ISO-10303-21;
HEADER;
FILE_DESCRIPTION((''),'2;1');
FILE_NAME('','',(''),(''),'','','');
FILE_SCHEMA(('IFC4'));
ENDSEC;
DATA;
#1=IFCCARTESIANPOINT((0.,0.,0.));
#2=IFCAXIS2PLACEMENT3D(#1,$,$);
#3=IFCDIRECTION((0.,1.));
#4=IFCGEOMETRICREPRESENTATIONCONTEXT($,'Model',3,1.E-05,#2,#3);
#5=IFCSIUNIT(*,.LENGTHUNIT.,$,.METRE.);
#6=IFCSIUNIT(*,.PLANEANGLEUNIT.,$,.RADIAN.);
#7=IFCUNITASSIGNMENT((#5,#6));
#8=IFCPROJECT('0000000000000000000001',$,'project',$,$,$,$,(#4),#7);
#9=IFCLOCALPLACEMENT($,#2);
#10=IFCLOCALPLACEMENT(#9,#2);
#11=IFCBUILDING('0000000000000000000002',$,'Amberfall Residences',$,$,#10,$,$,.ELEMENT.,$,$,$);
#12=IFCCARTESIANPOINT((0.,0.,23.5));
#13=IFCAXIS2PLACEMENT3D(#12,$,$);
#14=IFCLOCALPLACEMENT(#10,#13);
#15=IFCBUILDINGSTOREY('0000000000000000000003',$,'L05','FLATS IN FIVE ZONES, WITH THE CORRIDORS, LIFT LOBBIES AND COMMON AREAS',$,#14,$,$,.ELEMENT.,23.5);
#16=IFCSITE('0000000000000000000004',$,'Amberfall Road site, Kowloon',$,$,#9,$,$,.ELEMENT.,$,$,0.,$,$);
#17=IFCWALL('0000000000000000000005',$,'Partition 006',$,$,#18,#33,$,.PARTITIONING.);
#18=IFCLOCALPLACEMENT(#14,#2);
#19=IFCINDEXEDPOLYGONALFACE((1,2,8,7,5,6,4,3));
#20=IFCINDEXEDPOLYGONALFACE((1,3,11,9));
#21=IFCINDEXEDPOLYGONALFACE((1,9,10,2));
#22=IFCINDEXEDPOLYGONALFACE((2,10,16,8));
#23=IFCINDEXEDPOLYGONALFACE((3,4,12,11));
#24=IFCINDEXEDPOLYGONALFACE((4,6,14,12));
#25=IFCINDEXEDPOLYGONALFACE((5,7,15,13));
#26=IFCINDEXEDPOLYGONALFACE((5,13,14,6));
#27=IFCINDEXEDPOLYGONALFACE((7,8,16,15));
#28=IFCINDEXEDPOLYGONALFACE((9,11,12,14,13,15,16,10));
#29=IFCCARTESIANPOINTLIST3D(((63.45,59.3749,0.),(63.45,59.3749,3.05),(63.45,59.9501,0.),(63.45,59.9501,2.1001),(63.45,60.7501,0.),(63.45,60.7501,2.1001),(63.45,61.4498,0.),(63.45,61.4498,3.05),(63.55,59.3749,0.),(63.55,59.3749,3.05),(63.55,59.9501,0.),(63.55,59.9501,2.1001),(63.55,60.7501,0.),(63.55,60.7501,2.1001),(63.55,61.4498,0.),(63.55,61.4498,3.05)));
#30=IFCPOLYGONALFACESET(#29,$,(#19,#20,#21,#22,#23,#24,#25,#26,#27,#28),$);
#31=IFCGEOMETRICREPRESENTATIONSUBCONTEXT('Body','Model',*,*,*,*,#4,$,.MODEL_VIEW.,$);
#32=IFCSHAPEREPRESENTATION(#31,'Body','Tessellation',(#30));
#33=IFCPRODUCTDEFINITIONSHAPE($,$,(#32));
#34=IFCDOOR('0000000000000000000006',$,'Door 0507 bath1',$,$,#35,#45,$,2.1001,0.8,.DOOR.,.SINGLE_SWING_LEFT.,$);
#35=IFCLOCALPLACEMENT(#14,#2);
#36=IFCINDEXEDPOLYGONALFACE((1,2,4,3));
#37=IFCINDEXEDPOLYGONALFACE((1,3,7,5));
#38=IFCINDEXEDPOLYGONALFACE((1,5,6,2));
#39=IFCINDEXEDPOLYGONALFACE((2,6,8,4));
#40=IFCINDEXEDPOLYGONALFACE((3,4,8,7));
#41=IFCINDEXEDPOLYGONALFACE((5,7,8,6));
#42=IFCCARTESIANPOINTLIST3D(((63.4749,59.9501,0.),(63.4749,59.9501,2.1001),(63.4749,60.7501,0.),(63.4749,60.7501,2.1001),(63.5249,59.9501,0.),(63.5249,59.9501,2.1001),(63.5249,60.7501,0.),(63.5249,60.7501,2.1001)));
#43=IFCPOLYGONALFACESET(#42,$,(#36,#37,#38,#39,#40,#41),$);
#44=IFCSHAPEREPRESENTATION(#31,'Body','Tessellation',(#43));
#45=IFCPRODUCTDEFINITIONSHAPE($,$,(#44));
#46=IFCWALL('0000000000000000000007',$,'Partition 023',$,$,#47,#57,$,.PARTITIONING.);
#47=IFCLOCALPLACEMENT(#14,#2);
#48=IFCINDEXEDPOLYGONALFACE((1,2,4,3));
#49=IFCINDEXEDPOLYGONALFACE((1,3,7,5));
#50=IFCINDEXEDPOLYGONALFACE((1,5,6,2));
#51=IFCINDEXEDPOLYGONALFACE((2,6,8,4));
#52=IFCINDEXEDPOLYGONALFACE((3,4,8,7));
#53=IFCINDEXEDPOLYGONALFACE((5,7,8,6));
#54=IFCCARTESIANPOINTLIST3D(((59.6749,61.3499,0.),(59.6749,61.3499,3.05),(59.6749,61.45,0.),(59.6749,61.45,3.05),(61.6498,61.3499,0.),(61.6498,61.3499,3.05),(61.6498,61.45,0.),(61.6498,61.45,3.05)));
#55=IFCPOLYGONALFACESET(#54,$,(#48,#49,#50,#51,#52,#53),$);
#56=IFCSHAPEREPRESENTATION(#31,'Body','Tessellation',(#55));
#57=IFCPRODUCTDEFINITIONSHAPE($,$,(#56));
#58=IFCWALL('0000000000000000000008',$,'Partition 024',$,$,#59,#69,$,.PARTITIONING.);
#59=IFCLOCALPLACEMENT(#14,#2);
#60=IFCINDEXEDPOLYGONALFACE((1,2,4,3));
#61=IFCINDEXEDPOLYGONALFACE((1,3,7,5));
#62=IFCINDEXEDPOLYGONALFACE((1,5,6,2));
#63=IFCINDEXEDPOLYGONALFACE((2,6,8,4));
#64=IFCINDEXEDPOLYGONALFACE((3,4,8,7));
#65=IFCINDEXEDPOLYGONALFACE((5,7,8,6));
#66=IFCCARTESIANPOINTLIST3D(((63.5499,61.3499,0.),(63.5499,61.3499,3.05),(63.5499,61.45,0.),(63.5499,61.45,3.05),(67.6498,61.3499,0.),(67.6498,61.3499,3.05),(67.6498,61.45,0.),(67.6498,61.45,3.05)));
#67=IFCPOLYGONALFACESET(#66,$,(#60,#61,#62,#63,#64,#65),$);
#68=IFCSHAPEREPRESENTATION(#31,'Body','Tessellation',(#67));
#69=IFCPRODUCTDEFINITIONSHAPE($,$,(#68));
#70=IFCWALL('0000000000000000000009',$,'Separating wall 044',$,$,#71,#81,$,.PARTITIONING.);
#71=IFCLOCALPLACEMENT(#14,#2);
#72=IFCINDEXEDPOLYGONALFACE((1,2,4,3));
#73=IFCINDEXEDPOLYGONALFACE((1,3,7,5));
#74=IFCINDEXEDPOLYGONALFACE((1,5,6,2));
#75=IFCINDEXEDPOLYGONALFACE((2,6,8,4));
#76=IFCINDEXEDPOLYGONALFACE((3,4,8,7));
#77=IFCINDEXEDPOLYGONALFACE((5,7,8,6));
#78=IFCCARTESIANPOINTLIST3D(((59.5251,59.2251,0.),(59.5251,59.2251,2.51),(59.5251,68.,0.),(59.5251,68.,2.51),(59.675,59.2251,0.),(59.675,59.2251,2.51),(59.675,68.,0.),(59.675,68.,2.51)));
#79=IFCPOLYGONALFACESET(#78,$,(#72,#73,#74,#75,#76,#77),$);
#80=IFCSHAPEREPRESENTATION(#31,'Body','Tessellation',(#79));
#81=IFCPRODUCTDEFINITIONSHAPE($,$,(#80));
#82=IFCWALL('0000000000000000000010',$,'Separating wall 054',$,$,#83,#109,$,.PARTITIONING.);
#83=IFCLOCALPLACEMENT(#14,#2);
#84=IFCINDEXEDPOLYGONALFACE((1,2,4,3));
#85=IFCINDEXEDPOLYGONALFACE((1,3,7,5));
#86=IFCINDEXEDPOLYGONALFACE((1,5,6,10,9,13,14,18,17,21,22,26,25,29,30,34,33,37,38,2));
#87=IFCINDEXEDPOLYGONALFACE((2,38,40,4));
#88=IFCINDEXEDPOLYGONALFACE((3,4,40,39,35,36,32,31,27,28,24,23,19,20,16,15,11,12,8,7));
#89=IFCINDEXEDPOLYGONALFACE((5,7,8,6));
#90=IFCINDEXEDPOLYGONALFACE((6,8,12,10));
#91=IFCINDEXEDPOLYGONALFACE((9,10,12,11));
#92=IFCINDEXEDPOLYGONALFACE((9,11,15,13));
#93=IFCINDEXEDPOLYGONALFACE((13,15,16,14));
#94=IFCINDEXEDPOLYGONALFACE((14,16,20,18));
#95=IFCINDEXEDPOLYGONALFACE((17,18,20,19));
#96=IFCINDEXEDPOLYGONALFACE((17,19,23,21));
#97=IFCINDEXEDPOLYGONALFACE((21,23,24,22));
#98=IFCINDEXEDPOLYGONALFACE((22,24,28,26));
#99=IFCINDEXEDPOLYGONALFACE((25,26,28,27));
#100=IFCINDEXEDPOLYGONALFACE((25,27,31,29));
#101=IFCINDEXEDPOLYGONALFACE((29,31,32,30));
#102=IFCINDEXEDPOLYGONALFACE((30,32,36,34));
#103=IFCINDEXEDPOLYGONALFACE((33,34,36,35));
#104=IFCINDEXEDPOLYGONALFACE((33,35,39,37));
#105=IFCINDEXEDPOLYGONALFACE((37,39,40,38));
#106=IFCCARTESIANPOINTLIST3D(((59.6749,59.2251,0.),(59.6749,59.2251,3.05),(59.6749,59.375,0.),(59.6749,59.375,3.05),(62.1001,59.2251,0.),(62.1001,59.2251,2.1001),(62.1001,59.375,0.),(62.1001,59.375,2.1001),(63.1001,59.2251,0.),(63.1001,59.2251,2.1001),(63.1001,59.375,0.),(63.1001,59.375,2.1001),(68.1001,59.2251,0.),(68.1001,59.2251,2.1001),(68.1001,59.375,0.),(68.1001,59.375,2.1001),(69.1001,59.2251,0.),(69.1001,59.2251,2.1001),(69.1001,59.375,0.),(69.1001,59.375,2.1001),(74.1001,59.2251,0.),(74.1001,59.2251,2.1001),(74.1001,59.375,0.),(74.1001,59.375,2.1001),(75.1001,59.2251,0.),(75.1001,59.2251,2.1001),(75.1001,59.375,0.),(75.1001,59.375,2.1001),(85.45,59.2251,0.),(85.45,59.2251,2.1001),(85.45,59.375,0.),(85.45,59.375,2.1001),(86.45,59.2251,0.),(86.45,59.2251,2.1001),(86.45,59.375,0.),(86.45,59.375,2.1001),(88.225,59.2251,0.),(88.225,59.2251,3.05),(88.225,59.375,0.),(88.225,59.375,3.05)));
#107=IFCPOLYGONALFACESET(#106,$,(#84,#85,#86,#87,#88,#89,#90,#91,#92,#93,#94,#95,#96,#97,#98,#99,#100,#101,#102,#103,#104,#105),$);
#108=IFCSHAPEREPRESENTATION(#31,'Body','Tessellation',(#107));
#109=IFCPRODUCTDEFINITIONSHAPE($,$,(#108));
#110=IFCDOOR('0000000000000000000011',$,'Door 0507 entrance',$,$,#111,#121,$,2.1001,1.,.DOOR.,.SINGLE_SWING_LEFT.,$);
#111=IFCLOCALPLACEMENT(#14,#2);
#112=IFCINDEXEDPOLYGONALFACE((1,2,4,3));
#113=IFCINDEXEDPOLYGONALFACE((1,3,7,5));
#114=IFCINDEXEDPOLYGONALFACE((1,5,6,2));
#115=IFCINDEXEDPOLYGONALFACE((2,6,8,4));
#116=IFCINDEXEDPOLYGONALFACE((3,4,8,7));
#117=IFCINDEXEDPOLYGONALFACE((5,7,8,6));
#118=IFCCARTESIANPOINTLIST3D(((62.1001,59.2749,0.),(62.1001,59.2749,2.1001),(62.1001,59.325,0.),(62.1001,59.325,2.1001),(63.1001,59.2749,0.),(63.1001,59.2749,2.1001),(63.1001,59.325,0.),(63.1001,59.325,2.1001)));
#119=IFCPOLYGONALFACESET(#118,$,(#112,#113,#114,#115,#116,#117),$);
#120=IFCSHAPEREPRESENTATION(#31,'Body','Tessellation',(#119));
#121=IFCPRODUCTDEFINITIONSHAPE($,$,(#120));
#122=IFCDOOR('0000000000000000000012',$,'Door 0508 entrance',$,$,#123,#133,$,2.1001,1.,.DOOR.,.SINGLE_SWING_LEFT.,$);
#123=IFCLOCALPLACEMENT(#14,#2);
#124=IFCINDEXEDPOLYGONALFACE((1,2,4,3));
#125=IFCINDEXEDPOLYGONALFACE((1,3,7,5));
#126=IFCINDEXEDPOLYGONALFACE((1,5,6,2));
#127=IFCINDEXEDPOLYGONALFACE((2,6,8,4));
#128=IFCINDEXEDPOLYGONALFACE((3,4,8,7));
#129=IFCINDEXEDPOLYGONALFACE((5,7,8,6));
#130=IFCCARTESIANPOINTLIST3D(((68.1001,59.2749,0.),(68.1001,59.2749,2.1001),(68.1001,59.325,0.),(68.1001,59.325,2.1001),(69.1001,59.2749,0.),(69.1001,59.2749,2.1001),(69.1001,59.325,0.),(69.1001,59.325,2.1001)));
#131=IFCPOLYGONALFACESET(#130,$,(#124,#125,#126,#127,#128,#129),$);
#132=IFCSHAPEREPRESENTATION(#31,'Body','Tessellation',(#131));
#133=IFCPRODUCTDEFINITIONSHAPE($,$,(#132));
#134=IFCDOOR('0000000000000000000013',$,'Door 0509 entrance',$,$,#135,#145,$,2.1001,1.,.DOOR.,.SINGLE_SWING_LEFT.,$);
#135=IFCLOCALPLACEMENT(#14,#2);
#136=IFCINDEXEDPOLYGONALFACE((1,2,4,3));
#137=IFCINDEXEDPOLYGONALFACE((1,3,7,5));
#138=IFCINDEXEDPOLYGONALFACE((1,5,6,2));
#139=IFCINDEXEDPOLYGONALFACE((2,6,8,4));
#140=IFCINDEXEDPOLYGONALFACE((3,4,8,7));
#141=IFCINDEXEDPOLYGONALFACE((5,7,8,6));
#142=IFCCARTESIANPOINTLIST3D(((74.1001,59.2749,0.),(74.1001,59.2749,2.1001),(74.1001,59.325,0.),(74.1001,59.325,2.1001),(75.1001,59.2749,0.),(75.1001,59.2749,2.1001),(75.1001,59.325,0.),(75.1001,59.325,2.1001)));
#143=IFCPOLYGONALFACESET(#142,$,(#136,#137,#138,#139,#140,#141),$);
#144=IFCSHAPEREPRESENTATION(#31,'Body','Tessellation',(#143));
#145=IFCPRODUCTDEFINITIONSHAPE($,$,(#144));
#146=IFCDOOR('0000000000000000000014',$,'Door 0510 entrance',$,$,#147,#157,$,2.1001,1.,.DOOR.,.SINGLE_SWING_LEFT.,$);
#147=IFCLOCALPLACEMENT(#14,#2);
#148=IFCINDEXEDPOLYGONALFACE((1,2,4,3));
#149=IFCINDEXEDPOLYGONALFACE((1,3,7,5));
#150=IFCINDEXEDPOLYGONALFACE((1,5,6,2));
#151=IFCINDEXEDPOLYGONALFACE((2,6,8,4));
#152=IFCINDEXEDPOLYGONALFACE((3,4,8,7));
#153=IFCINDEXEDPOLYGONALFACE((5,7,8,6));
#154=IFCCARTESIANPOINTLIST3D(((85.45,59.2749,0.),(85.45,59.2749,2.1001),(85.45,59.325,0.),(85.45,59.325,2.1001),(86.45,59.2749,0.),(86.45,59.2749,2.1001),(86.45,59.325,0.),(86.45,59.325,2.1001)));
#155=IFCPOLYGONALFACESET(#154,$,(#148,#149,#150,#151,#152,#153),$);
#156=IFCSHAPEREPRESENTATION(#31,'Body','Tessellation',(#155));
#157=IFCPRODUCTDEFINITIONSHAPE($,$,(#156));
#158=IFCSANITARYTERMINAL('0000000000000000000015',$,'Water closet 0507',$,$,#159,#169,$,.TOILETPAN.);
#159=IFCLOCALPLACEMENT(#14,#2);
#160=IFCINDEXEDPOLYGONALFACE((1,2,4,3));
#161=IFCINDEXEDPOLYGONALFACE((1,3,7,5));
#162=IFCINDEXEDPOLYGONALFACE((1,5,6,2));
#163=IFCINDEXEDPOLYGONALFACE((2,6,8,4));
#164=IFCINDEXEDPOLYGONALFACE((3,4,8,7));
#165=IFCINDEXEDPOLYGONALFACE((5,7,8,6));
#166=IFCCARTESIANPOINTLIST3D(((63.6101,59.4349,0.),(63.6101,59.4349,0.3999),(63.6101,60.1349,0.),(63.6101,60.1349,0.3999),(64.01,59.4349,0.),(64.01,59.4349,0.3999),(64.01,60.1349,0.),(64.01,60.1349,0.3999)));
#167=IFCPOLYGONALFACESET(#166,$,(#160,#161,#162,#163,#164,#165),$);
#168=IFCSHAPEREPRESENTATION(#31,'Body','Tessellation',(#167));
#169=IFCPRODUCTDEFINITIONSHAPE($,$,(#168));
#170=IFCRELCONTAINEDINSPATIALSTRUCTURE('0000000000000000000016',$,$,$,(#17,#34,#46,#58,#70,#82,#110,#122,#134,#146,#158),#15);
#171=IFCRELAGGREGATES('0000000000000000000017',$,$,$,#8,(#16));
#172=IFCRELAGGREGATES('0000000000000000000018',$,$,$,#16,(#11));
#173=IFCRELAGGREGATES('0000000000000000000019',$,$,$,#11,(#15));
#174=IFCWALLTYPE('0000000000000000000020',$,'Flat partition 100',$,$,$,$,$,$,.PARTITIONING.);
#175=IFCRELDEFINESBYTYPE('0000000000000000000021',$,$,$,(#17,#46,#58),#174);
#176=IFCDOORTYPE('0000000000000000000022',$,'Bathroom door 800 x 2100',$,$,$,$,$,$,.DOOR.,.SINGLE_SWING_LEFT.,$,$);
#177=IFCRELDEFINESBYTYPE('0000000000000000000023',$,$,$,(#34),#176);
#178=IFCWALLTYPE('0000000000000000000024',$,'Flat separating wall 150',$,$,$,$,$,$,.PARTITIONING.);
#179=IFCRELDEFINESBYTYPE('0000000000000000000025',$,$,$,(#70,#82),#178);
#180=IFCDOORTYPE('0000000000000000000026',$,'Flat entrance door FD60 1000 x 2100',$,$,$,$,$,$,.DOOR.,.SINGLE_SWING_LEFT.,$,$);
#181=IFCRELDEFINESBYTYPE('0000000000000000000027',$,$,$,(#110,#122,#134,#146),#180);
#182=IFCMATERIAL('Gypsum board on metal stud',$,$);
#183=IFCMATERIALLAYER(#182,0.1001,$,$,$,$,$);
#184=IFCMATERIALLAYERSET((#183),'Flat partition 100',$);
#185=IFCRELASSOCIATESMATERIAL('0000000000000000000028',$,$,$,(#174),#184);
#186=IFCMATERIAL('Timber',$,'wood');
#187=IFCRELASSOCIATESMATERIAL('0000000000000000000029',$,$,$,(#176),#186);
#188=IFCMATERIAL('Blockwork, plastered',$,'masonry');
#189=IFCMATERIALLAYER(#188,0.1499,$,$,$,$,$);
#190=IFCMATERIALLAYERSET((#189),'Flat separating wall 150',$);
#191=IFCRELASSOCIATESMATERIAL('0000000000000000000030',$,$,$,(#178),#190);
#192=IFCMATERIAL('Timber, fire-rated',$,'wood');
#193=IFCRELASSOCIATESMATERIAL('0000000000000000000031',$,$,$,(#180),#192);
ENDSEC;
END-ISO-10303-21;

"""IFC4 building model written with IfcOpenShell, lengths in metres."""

from ifc_helpers import new_model, si_unit, direction, frame, frame_2d, origin, origin_2d, place, context, subcontext, project, spatial, rectangle, extrude, material, layer, layer_set, type_object, element, fill, save


model = new_model("IFC4")

# Units and contexts
model_context = context("Model", 3, precision=1e-05, world=origin(), true_north=direction((0.0, 1.0)))
body_context = subcontext(model_context, "Body", "Model", "MODEL_VIEW")
ifc_project = project(units=[si_unit("LENGTHUNIT", "METRE"), si_unit("PLANEANGLEUNIT", "RADIAN")], contexts=[model_context])

# Site, building, storey
site_placement = place(None, origin())
site = spatial("IfcSite", under=ifc_project, at=site_placement, Name="Amberfall Road site, Kowloon", CompositionType="ELEMENT", RefElevation=0.0)
building_placement = place(site_placement, origin())
building = spatial("IfcBuilding", under=site, at=building_placement, Name="Amberfall Residences", CompositionType="ELEMENT")
storey_placement = place(building_placement, frame((0.0, 0.0, 23.5)))
storey = spatial("IfcBuildingStorey", under=building, at=storey_placement, Name="L05", Description="FLATS IN FIVE ZONES, WITH THE CORRIDORS, LIFT LOBBIES AND COMMON AREAS", CompositionType="ELEMENT", Elevation=23.5)

# Wall, opening, door
ifc_material_1 = material(Name="Gypsum board on metal stud")
ifc_layer_1 = layer(ifc_material_1, 0.1001)
ifc_layer_set_1 = layer_set([ifc_layer_1], Name="Flat partition 100")
wall_type_1 = type_object("IfcWallType", Name="Flat partition 100", PredefinedType="PARTITIONING", material=ifc_layer_set_1)
ifc_material_2 = material(Name="Timber", Category="wood")
wall_1_placement = place(storey_placement, frame((63.5, 61.45, 0.0), z_axis=(0.0, 0.0, 1.0), x_axis=(0.0, -1.0, 0.0)))
wall_1 = element("IfcWall", 1, at=wall_1_placement, inside=storey, type_object=wall_type_1, Name="Partition 006", PredefinedType="PARTITIONING", context=body_context, shape_type="SweptSolid", body=[
    extrude(rectangle(XDim=2.075, YDim=0.1001, at=frame_2d((1.0376, 0.0))), origin(), (0.0, 0.0, 1.0), 3.05),
])
opening_1_placement = place(wall_1_placement, frame((0.7, 0.0, 0.0)))
opening_1 = element("IfcOpeningElement", 2, at=opening_1_placement, cuts=wall_1, PredefinedType="OPENING", context=body_context, shape_type="SweptSolid", body=[
    extrude(rectangle(XDim=0.8, YDim=2.1001, at=frame_2d((0.3999, 1.05))), frame((0.0, 0.0601, 0.0), z_axis=(0.0, -1.0, 0.0), x_axis=(1.0, 0.0, 0.0)), (0.0, 0.0, 1.0), 0.1201),
])
door_type_1 = type_object("IfcDoorType", Name="Bathroom door 800 x 2100", OperationType="SINGLE_SWING_LEFT", PredefinedType="DOOR", material=ifc_material_2)
door_1_placement = place(opening_1_placement, origin())
door_1 = element("IfcDoor", 3, at=door_1_placement, inside=storey, type_object=door_type_1, Name="Door 0507 bath1", OperationType="SINGLE_SWING_LEFT", OverallHeight=2.1001, OverallWidth=0.8, PredefinedType="DOOR", context=body_context, shape_type="SweptSolid", body=[
    extrude(rectangle(XDim=0.8, YDim=2.1001, at=frame_2d((0.3999, 1.05))), frame((0.0, 0.0249, 0.0), z_axis=(0.0, -1.0, 0.0), x_axis=(1.0, 0.0, 0.0)), (0.0, 0.0, 1.0), 0.05),
])
fill(opening_1, door_1)

# Walls
wall_2_placement = place(storey_placement, frame((59.675, 61.3999, 0.0), z_axis=(0.0, 0.0, 1.0), x_axis=(1.0, 0.0, 0.0)))
element("IfcWall", 4, at=wall_2_placement, inside=storey, type_object=wall_type_1, Name="Partition 023", PredefinedType="PARTITIONING", context=body_context, shape_type="SweptSolid", body=[
    extrude(rectangle(XDim=1.9749, YDim=0.1001, at=frame_2d((0.9873, 0.0))), origin(), (0.0, 0.0, 1.0), 3.05),
])
wall_3_placement = place(storey_placement, frame((63.55, 61.3999, 0.0), z_axis=(0.0, 0.0, 1.0), x_axis=(1.0, 0.0, 0.0)))
element("IfcWall", 5, at=wall_3_placement, inside=storey, type_object=wall_type_1, Name="Partition 024", PredefinedType="PARTITIONING", context=body_context, shape_type="SweptSolid", body=[
    extrude(rectangle(XDim=4.0999, YDim=0.1001, at=frame_2d((2.0498, 0.0))), origin(), (0.0, 0.0, 1.0), 3.05),
])
ifc_material_3 = material(Name="Blockwork, plastered", Category="masonry")
ifc_layer_2 = layer(ifc_material_3, 0.1499)
ifc_layer_set_2 = layer_set([ifc_layer_2], Name="Flat separating wall 150")
wall_type_2 = type_object("IfcWallType", Name="Flat separating wall 150", PredefinedType="PARTITIONING", material=ifc_layer_set_2)
wall_4_placement = place(storey_placement, frame((59.6001, 59.2251, 0.0), z_axis=(0.0, 0.0, 1.0), x_axis=(0.0, 1.0, 0.0)))
element("IfcWall", 6, at=wall_4_placement, inside=storey, type_object=wall_type_2, Name="Separating wall 044", PredefinedType="PARTITIONING", context=body_context, shape_type="SweptSolid", body=[
    extrude(rectangle(XDim=8.7749, YDim=0.1499, at=frame_2d((4.3875, 0.0))), origin(), (0.0, 0.0, 1.0), 2.51),
])

# Wall, openings, doors
wall_5_placement = place(storey_placement, frame((59.675, 59.3, 0.0), z_axis=(0.0, 0.0, 1.0), x_axis=(1.0, 0.0, 0.0)))
wall_5 = element("IfcWall", 7, at=wall_5_placement, inside=storey, type_object=wall_type_2, Name="Separating wall 054", PredefinedType="PARTITIONING", context=body_context, shape_type="SweptSolid", body=[
    extrude(rectangle(XDim=28.55, YDim=0.1499, at=frame_2d((14.2749, 0.0))), origin(), (0.0, 0.0, 1.0), 3.05),
])
opening_2_placement = place(wall_5_placement, frame((2.425, 0.0, 0.0)))
opening_2 = element("IfcOpeningElement", 8, at=opening_2_placement, cuts=wall_5, PredefinedType="OPENING", context=body_context, shape_type="SweptSolid", body=[
    extrude(rectangle(XDim=1.0, YDim=2.1001, at=frame_2d((0.5, 1.05))), frame((0.0, 0.085, 0.0), z_axis=(0.0, -1.0, 0.0), x_axis=(1.0, 0.0, 0.0)), (0.0, 0.0, 1.0), 0.1699),
])
opening_3_placement = place(wall_5_placement, frame((8.425, 0.0, 0.0)))
opening_3 = element("IfcOpeningElement", 9, at=opening_3_placement, cuts=wall_5, PredefinedType="OPENING", context=body_context, shape_type="SweptSolid", body=[
    extrude(rectangle(XDim=1.0, YDim=2.1001, at=frame_2d((0.5, 1.05))), frame((0.0, 0.085, 0.0), z_axis=(0.0, -1.0, 0.0), x_axis=(1.0, 0.0, 0.0)), (0.0, 0.0, 1.0), 0.1699),
])
opening_4_placement = place(wall_5_placement, frame((14.425, 0.0, 0.0)))
opening_4 = element("IfcOpeningElement", 10, at=opening_4_placement, cuts=wall_5, PredefinedType="OPENING", context=body_context, shape_type="SweptSolid", body=[
    extrude(rectangle(XDim=1.0, YDim=2.1001, at=frame_2d((0.5, 1.05))), frame((0.0, 0.085, 0.0), z_axis=(0.0, -1.0, 0.0), x_axis=(1.0, 0.0, 0.0)), (0.0, 0.0, 1.0), 0.1699),
])
opening_5_placement = place(wall_5_placement, frame((25.7749, 0.0, 0.0)))
opening_5 = element("IfcOpeningElement", 11, at=opening_5_placement, cuts=wall_5, PredefinedType="OPENING", context=body_context, shape_type="SweptSolid", body=[
    extrude(rectangle(XDim=1.0, YDim=2.1001, at=frame_2d((0.5, 1.05))), frame((0.0, 0.085, 0.0), z_axis=(0.0, -1.0, 0.0), x_axis=(1.0, 0.0, 0.0)), (0.0, 0.0, 1.0), 0.1699),
])
ifc_material_4 = material(Name="Timber, fire-rated", Category="wood")
door_type_2 = type_object("IfcDoorType", Name="Flat entrance door FD60 1000 x 2100", OperationType="SINGLE_SWING_LEFT", PredefinedType="DOOR", material=ifc_material_4)
door_2_placement = place(opening_2_placement, origin())
door_2 = element("IfcDoor", 12, at=door_2_placement, inside=storey, type_object=door_type_2, Name="Door 0507 entrance", OperationType="SINGLE_SWING_LEFT", OverallHeight=2.1001, OverallWidth=1.0, PredefinedType="DOOR", context=body_context, shape_type="SweptSolid", body=[
    extrude(rectangle(XDim=1.0, YDim=2.1001, at=frame_2d((0.5, 1.05))), frame((0.0, 0.0249, 0.0), z_axis=(0.0, -1.0, 0.0), x_axis=(1.0, 0.0, 0.0)), (0.0, 0.0, 1.0), 0.05),
])
fill(opening_2, door_2)
door_3_placement = place(opening_3_placement, origin())
door_3 = element("IfcDoor", 13, at=door_3_placement, inside=storey, type_object=door_type_2, Name="Door 0508 entrance", OperationType="SINGLE_SWING_LEFT", OverallHeight=2.1001, OverallWidth=1.0, PredefinedType="DOOR", context=body_context, shape_type="SweptSolid", body=[
    extrude(rectangle(XDim=1.0, YDim=2.1001, at=frame_2d((0.5, 1.05))), frame((0.0, 0.0249, 0.0), z_axis=(0.0, -1.0, 0.0), x_axis=(1.0, 0.0, 0.0)), (0.0, 0.0, 1.0), 0.05),
])
fill(opening_3, door_3)
door_4_placement = place(opening_4_placement, origin())
door_4 = element("IfcDoor", 14, at=door_4_placement, inside=storey, type_object=door_type_2, Name="Door 0509 entrance", OperationType="SINGLE_SWING_LEFT", OverallHeight=2.1001, OverallWidth=1.0, PredefinedType="DOOR", context=body_context, shape_type="SweptSolid", body=[
    extrude(rectangle(XDim=1.0, YDim=2.1001, at=frame_2d((0.5, 1.05))), frame((0.0, 0.0249, 0.0), z_axis=(0.0, -1.0, 0.0), x_axis=(1.0, 0.0, 0.0)), (0.0, 0.0, 1.0), 0.05),
])
fill(opening_4, door_4)
door_5_placement = place(opening_5_placement, origin())
door_5 = element("IfcDoor", 15, at=door_5_placement, inside=storey, type_object=door_type_2, Name="Door 0510 entrance", OperationType="SINGLE_SWING_LEFT", OverallHeight=2.1001, OverallWidth=1.0, PredefinedType="DOOR", context=body_context, shape_type="SweptSolid", body=[
    extrude(rectangle(XDim=1.0, YDim=2.1001, at=frame_2d((0.5, 1.05))), frame((0.0, 0.0249, 0.0), z_axis=(0.0, -1.0, 0.0), x_axis=(1.0, 0.0, 0.0)), (0.0, 0.0, 1.0), 0.05),
])
fill(opening_5, door_5)

# Sanitary terminal
sanitary_terminal_1_placement = place(storey_placement, frame((63.8101, 59.7849, 0.0), z_axis=(0.0, 0.0, 1.0), x_axis=(1.0, 0.0, 0.0)))
element("IfcSanitaryTerminal", 16, at=sanitary_terminal_1_placement, inside=storey, Name="Water closet 0507", PredefinedType="TOILETPAN", context=body_context, shape_type="SweptSolid", body=[
    extrude(rectangle(XDim=0.3999, YDim=0.7, at=origin_2d()), origin(), (0.0, 0.0, 1.0), 0.3999),
])

save(model, "model.ifc")
